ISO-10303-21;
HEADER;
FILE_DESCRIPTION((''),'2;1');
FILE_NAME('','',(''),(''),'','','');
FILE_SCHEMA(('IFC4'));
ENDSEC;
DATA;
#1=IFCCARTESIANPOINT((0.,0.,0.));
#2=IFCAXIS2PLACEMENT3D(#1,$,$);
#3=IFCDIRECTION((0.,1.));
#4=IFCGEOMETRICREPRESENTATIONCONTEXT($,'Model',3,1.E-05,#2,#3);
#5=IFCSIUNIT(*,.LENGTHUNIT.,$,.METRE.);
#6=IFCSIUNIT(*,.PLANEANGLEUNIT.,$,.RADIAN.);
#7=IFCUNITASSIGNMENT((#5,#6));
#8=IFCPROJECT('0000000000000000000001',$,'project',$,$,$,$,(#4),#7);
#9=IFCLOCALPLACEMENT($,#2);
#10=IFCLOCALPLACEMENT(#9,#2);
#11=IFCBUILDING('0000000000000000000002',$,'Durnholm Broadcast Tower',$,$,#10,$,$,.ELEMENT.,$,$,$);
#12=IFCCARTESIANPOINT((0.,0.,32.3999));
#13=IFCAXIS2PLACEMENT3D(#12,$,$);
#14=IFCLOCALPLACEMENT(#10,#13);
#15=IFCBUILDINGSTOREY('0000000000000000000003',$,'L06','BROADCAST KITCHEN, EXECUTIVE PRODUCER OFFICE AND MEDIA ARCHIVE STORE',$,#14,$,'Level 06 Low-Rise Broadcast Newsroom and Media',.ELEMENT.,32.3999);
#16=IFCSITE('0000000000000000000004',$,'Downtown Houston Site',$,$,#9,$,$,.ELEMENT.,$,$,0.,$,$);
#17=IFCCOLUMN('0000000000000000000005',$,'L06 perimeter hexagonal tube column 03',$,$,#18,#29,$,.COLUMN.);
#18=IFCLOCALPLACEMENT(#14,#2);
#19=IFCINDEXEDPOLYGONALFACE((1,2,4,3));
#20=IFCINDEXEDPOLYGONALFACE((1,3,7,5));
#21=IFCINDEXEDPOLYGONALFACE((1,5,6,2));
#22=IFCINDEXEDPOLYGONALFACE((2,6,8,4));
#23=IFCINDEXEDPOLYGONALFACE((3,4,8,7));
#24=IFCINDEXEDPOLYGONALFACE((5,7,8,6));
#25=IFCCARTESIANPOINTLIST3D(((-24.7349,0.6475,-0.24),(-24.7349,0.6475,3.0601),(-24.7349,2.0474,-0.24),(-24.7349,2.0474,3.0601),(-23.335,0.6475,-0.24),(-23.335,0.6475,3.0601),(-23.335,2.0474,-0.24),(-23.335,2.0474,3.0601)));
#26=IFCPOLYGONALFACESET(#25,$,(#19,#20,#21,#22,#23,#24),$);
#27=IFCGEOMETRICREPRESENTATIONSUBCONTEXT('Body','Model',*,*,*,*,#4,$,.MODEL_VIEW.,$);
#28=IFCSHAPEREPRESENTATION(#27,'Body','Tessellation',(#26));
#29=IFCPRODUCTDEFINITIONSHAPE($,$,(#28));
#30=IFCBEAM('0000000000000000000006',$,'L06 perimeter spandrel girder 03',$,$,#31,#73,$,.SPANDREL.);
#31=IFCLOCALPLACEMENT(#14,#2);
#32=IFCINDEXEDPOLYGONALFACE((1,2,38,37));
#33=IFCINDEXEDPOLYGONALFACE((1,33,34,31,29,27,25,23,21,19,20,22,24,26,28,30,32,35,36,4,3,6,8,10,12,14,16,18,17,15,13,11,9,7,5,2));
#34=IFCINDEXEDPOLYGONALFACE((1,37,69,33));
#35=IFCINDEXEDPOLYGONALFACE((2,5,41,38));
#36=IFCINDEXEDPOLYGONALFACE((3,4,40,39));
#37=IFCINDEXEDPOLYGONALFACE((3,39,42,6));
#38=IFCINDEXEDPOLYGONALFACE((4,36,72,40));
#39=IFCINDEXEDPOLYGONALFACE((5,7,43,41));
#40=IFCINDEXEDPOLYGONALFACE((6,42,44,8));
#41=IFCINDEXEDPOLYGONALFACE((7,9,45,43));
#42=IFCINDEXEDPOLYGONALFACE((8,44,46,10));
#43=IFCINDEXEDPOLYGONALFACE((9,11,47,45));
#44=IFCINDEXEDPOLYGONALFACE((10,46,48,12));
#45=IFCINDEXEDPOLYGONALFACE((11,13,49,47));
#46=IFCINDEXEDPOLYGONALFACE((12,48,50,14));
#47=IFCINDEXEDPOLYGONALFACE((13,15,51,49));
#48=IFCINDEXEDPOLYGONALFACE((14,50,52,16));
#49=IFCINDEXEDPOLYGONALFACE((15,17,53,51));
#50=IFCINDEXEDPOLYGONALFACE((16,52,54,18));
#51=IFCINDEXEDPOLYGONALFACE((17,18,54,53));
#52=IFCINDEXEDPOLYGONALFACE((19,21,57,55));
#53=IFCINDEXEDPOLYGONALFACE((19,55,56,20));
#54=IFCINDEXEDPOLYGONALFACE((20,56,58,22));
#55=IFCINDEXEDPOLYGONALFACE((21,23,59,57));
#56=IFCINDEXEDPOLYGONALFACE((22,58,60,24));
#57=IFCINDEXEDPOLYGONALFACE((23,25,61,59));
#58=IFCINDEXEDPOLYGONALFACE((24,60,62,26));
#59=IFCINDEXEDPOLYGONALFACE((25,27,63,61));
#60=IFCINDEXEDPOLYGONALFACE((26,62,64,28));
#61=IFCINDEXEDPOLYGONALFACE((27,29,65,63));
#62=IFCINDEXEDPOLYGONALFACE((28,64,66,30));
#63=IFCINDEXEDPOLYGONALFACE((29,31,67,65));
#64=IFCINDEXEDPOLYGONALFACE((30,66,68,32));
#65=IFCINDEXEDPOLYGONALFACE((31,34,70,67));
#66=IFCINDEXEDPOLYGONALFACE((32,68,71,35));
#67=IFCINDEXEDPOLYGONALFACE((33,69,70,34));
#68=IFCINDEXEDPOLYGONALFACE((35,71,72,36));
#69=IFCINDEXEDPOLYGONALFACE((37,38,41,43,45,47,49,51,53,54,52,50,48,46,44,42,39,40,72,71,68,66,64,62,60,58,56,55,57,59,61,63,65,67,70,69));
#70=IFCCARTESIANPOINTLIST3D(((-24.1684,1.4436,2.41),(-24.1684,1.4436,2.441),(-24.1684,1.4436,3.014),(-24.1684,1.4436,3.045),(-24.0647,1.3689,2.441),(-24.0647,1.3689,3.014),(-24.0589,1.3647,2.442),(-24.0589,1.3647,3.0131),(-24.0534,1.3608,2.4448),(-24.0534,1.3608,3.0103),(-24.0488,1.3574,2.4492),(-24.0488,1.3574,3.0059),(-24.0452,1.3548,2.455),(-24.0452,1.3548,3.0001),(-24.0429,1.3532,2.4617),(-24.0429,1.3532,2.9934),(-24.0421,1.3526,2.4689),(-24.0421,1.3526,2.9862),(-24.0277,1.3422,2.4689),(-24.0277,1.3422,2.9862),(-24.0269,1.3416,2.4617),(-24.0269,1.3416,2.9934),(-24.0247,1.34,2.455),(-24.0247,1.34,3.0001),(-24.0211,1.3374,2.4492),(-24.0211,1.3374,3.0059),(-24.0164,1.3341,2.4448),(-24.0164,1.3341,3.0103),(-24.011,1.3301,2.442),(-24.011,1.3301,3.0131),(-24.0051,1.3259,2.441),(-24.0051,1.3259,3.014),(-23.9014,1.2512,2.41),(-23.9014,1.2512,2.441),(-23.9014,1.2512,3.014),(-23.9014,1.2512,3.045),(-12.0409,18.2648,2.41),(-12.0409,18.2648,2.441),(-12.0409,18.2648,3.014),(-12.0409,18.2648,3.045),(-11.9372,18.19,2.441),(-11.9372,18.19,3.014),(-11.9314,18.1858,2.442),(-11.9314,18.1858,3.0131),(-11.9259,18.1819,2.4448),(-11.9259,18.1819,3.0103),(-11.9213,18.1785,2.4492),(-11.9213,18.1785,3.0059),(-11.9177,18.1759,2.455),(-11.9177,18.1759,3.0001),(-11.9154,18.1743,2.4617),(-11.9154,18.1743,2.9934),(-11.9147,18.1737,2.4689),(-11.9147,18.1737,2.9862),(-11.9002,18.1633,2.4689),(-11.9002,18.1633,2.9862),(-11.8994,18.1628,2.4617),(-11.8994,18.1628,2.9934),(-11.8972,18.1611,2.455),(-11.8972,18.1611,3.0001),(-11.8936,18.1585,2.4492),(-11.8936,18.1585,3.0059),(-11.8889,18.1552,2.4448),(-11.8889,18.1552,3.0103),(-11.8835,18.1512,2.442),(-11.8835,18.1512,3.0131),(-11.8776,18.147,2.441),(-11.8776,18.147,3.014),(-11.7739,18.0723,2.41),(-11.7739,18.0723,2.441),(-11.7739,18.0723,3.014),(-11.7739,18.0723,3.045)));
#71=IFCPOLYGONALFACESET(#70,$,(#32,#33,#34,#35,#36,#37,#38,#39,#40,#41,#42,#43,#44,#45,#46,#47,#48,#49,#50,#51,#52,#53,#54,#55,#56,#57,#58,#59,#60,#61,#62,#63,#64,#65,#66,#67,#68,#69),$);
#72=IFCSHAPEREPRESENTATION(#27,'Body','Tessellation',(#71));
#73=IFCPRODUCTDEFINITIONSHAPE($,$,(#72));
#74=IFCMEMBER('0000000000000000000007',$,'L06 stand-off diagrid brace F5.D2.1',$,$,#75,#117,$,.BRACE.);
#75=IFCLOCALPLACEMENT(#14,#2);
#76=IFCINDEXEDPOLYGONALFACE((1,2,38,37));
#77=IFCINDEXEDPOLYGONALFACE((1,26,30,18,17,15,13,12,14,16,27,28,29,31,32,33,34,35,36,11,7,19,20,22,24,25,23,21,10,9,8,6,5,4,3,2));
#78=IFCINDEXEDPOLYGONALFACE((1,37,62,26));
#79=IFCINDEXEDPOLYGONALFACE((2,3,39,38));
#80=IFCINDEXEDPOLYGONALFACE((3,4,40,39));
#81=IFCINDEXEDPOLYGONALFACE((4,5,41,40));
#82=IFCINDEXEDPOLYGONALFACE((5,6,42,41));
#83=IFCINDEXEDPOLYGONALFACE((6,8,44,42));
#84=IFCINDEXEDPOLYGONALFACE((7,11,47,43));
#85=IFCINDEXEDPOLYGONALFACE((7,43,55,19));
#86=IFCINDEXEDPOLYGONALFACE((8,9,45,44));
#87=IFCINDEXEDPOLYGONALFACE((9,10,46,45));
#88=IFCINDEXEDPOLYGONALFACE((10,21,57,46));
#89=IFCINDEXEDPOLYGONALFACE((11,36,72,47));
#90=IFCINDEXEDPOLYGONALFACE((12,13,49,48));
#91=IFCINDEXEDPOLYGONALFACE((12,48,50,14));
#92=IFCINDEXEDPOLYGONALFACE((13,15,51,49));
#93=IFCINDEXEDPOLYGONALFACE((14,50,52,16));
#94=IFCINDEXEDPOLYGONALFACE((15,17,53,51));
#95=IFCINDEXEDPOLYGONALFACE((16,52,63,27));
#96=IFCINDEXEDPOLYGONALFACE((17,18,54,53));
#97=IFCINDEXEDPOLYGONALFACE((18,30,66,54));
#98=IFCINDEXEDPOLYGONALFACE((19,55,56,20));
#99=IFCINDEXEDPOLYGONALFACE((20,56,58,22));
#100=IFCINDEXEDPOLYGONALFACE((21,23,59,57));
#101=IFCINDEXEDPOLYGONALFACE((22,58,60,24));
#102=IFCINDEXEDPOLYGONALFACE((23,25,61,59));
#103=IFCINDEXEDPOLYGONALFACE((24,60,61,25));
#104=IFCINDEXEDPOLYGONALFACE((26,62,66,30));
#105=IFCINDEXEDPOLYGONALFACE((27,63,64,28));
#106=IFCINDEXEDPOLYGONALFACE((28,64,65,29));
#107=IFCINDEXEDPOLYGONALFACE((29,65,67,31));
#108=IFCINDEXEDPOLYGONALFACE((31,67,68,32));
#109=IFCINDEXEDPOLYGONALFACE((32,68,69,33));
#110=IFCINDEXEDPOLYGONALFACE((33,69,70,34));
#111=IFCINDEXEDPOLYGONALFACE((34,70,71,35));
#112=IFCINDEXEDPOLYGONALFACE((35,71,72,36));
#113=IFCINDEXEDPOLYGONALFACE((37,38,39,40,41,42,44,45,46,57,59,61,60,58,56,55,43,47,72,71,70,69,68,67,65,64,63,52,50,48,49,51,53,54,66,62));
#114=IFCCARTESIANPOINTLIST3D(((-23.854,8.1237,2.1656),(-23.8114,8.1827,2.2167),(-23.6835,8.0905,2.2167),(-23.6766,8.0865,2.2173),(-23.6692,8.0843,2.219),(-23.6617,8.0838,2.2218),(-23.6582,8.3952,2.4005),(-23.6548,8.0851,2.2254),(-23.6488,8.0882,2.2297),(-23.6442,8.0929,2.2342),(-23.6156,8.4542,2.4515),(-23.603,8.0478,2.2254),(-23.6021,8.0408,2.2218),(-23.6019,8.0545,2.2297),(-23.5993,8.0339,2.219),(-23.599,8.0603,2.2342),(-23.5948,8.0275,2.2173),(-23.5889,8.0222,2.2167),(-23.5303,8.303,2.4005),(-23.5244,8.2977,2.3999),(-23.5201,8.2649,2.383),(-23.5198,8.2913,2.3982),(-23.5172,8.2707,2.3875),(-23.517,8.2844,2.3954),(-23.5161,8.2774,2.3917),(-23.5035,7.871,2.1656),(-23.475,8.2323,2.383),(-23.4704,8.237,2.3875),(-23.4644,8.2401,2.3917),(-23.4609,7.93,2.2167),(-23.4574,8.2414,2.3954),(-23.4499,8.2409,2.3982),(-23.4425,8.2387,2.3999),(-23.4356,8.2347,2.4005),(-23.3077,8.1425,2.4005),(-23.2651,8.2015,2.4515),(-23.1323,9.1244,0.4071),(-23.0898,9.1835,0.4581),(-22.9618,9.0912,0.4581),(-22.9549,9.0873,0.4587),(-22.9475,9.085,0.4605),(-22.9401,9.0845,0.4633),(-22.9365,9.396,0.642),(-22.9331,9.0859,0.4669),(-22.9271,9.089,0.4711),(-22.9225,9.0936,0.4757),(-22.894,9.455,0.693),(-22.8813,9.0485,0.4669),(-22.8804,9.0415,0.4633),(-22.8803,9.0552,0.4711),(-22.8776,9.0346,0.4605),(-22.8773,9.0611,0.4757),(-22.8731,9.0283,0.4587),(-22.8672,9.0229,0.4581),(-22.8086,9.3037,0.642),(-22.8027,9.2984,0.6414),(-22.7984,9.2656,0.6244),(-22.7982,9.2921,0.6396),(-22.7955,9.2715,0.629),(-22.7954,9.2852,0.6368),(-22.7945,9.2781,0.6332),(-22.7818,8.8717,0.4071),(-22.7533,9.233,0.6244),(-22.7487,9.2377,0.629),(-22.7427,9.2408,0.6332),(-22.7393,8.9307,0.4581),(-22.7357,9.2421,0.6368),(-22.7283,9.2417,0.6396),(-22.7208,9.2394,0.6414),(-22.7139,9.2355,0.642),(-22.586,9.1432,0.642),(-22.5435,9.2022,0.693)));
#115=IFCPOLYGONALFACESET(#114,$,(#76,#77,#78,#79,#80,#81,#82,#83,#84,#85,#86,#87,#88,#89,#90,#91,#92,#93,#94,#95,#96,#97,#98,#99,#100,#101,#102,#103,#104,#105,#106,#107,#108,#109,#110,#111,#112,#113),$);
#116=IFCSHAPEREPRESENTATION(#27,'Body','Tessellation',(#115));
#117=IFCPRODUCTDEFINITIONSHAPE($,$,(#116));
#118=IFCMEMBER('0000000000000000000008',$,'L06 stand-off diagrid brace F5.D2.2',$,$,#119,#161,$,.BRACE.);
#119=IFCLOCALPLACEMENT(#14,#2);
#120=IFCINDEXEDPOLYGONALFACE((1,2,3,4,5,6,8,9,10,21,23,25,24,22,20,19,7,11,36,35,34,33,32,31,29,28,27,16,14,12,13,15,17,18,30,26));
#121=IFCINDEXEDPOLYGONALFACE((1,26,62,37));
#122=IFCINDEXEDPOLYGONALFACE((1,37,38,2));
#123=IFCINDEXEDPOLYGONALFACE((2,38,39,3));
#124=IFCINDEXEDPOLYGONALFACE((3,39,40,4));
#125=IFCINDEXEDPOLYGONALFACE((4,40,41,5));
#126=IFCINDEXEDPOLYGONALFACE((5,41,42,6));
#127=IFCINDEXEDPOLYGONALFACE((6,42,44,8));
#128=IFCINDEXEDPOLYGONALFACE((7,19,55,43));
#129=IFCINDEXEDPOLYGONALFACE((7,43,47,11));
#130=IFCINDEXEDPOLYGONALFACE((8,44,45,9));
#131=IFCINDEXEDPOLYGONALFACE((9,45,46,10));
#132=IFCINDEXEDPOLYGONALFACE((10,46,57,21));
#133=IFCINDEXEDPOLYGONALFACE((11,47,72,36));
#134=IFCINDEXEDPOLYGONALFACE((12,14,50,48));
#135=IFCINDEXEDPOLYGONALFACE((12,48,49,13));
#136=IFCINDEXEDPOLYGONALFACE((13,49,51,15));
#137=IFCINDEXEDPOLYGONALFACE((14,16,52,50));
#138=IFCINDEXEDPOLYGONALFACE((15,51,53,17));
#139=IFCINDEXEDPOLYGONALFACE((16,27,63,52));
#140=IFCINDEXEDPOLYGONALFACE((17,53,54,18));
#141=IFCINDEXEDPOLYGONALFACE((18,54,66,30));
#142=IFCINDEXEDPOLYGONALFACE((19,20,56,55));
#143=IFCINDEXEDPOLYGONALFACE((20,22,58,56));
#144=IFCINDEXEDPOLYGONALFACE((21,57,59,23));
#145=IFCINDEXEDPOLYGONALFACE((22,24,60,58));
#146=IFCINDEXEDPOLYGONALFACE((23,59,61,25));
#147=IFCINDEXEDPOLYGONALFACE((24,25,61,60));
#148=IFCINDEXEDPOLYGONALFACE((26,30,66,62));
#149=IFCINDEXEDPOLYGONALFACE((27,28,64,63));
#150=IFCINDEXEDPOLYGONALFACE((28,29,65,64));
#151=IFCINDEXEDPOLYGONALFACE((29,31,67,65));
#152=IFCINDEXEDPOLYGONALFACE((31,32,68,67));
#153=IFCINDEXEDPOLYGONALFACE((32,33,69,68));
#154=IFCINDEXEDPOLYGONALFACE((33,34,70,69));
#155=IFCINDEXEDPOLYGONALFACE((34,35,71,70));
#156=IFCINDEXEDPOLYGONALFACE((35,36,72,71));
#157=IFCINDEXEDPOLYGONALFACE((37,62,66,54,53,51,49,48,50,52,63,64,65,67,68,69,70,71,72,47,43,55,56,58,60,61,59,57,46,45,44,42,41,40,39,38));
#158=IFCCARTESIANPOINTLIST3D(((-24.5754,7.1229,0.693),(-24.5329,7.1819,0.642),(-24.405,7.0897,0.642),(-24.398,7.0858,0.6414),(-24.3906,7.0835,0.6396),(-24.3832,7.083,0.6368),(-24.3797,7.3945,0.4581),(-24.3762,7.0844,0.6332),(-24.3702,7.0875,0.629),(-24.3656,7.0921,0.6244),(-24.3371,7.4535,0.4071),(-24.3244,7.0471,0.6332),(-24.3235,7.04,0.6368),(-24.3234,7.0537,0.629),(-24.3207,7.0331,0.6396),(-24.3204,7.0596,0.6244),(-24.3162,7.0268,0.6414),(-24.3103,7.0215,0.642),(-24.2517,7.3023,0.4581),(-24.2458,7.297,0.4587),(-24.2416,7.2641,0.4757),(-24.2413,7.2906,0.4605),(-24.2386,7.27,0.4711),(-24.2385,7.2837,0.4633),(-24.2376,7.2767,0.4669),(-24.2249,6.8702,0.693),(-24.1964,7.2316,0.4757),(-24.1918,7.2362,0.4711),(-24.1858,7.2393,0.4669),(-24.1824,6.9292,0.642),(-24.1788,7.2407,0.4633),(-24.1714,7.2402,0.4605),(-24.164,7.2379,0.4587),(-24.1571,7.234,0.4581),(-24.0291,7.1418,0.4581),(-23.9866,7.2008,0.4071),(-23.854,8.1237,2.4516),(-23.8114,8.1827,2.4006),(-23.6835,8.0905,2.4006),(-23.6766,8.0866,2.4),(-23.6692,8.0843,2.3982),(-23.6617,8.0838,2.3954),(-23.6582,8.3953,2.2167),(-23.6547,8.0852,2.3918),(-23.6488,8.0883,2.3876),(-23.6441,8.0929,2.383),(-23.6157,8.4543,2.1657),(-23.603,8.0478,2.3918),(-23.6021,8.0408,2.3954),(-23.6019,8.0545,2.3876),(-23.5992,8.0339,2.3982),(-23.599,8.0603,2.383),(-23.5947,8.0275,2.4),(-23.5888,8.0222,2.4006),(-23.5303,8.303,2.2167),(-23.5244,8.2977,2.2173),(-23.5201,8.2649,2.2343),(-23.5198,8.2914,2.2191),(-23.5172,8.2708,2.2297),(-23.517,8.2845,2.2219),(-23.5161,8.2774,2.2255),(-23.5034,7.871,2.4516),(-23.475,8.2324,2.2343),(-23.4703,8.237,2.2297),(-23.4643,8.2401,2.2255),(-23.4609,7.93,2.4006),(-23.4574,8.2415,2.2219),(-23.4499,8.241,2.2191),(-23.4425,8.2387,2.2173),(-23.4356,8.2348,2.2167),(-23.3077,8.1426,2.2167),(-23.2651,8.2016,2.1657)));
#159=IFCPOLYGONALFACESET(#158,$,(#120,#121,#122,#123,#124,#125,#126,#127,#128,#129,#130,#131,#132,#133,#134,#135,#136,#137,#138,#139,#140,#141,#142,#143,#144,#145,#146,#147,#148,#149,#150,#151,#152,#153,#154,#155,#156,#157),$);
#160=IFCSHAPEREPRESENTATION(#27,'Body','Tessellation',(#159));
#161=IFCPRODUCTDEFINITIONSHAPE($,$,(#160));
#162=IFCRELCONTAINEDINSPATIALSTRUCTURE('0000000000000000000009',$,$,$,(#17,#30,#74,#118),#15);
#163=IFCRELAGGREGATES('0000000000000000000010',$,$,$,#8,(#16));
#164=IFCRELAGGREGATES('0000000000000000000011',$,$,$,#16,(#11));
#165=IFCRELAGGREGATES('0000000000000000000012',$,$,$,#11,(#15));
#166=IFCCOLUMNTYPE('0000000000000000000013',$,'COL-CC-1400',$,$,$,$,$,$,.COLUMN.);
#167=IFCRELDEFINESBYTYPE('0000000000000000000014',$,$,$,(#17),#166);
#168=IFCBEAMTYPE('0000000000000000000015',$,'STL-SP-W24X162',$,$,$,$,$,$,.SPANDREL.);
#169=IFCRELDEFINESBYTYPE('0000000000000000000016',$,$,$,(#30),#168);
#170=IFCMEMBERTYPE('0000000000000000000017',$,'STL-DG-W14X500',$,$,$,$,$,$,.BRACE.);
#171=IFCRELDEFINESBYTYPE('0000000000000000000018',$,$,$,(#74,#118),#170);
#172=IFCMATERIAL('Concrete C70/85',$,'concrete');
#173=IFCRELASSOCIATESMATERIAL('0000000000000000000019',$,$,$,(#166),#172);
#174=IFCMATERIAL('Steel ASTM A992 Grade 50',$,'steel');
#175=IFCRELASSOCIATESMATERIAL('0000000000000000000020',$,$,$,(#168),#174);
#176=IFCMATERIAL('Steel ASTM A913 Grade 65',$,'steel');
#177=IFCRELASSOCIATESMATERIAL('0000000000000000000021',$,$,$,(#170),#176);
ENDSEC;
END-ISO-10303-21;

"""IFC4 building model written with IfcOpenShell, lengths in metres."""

from ifc_helpers import new_model, si_unit, direction, frame, origin, origin_2d, place, context, subcontext, project, spatial, rectangle, i_section, extrude, source, transform, mapped, material, material_profile, profile_set, type_object, type_shapes, element, save


model = new_model("IFC4")

# Units and contexts
model_context = context("Model", 3, precision=1e-05, world=origin(), true_north=direction((0.0, 1.0)))
body_context = subcontext(model_context, "Body", "Model", "MODEL_VIEW")
ifc_project = project(units=[si_unit("LENGTHUNIT", "METRE"), si_unit("PLANEANGLEUNIT", "RADIAN")], contexts=[model_context])

# Site, building, storey
site_placement = place(None, origin())
site = spatial("IfcSite", under=ifc_project, at=site_placement, Name="Downtown Houston Site", CompositionType="ELEMENT", RefElevation=0.0)
building_placement = place(site_placement, origin())
building = spatial("IfcBuilding", under=site, at=building_placement, Name="Durnholm Broadcast Tower", CompositionType="ELEMENT")
storey_placement = place(building_placement, frame((0.0, 0.0, 32.3999)))
storey = spatial("IfcBuildingStorey", under=building, at=storey_placement, Name="L06", Description="BROADCAST KITCHEN, EXECUTIVE PRODUCER OFFICE AND MEDIA ARCHIVE STORE", LongName="Level 06 Low-Rise Broadcast Newsroom and Media", CompositionType="ELEMENT", Elevation=32.3999)

# Column
ifc_material_1 = material(Name="Concrete C70/85", Category="concrete")
ifc_material_profile_1 = material_profile(ifc_material_1, rectangle(XDim=1.3999, YDim=1.3999, at=origin_2d()), Name="RC1400X1400")
ifc_profile_set_1 = profile_set([ifc_material_profile_1], Name="Concrete C70/85")
column_type = type_object("IfcColumnType", Name="COL-CC-1400", PredefinedType="COLUMN", material=ifc_profile_set_1)
shared_shape_1 = source(origin(), body_context, "Body", "SweptSolid", [
    extrude(rectangle(XDim=1.3999, YDim=1.3999, at=origin_2d()), origin(), (0.0, 0.0, 1.0), 3.3),
])
type_shapes(column_type, [shared_shape_1])
column_placement = place(storey_placement, frame((-24.0349, 1.3474, -0.24), z_axis=(0.0, 0.0, 1.0), x_axis=(1.0, 0.0, 0.0)))
element("IfcColumn", 1, at=column_placement, inside=storey, type_object=column_type, Name="L06 perimeter hexagonal tube column 03", PredefinedType="COLUMN", context=body_context, shape_type="MappedRepresentation", body=[
    mapped(shared_shape_1, transform((0.0, 0.0, 0.0), x_axis=(1.0, 0.0, 0.0), y_axis=(0.0, 1.0, 0.0), z_axis=(0.0, 0.0, 1.0), scale=1.0)),
])

# Beam
ifc_material_2 = material(Name="Steel ASTM A992 Grade 50", Category="steel")
ifc_material_profile_2 = material_profile(ifc_material_2, i_section(OverallWidth=0.3291, OverallDepth=0.635, WebThickness=0.0178, FlangeThickness=0.031, FilletRadius=0.0278, at=origin_2d()), Name="W24X162")
ifc_profile_set_2 = profile_set([ifc_material_profile_2], Name="Steel ASTM A992 Grade 50")
beam_type_1 = type_object("IfcBeamType", Name="STL-SP-W24X162", PredefinedType="SPANDREL", material=ifc_profile_set_2)
shared_shape_2 = source(origin(), body_context, "Body", "SweptSolid", [
    extrude(i_section(OverallWidth=0.3291, OverallDepth=0.635, WebThickness=0.0178, FlangeThickness=0.031, FilletRadius=0.0278, at=origin_2d()), origin(), (0.0, 0.0, 1.0), 20.7371),
])
type_shapes(beam_type_1, [shared_shape_2])
beam_placement = place(storey_placement, frame((-24.0349, 1.3474, 2.7275), z_axis=(0.584822, 0.811162, 0.0), x_axis=(-0.811162, 0.584822, 0.0)))
element("IfcBeam", 2, at=beam_placement, inside=storey, type_object=beam_type_1, Name="L06 perimeter spandrel girder 03", PredefinedType="SPANDREL", context=body_context, shape_type="MappedRepresentation", body=[
    mapped(shared_shape_2, transform((0.0, 0.0, 0.0), x_axis=(1.0, 0.0, 0.0), y_axis=(0.0, 1.0, 0.0), z_axis=(0.0, 0.0, 1.0), scale=1.0)),
])

# Members
ifc_material_3 = material(Name="Steel ASTM A913 Grade 65", Category="steel")
ifc_material_profile_3 = material_profile(ifc_material_3, i_section(OverallWidth=0.4321, OverallDepth=0.4978, WebThickness=0.0557, FlangeThickness=0.0889, FilletRadius=0.0305, at=origin_2d()), Name="W14X500")
ifc_profile_set_3 = profile_set([ifc_material_profile_3], Name="Steel ASTM A913 Grade 65")
member_type_1 = type_object("IfcMemberType", Name="STL-DG-W14X500", PredefinedType="BRACE", material=ifc_profile_set_3)
shared_shape_3 = source(origin(), body_context, "Body", "SweptSolid", [
    extrude(i_section(OverallWidth=0.4321, OverallDepth=0.4978, WebThickness=0.0557, FlangeThickness=0.0889, FilletRadius=0.0305, at=origin_2d()), origin(), (0.0, 0.0, 1.0), 2.1482),
])
type_shapes(member_type_1, [shared_shape_3])
for number, where, z_axis, x_axis, name in (
    (3, (-22.8379, 9.1633, 0.55), (-0.335946, -0.465847, 0.818613), (0.811091, -0.58492, 0.0), "L06 stand-off diagrid brace F5.D2.1"),
    (4, (-24.281, 7.1619, 0.55), (0.335845, 0.465865, 0.818644), (-0.811185, 0.584789, 0.0), "L06 stand-off diagrid brace F5.D2.2"),
):
    element("IfcMember", number, at=place(storey_placement, frame(where, z_axis=z_axis, x_axis=x_axis)), inside=storey, type_object=member_type_1, Name=name, PredefinedType="BRACE", context=body_context, shape_type="MappedRepresentation", body=[
        mapped(shared_shape_3, transform((0.0, 0.0, 0.0), x_axis=(1.0, 0.0, 0.0), y_axis=(0.0, 1.0, 0.0), z_axis=(0.0, 0.0, 1.0), scale=1.0)),
    ])

save(model, "model.ifc")
